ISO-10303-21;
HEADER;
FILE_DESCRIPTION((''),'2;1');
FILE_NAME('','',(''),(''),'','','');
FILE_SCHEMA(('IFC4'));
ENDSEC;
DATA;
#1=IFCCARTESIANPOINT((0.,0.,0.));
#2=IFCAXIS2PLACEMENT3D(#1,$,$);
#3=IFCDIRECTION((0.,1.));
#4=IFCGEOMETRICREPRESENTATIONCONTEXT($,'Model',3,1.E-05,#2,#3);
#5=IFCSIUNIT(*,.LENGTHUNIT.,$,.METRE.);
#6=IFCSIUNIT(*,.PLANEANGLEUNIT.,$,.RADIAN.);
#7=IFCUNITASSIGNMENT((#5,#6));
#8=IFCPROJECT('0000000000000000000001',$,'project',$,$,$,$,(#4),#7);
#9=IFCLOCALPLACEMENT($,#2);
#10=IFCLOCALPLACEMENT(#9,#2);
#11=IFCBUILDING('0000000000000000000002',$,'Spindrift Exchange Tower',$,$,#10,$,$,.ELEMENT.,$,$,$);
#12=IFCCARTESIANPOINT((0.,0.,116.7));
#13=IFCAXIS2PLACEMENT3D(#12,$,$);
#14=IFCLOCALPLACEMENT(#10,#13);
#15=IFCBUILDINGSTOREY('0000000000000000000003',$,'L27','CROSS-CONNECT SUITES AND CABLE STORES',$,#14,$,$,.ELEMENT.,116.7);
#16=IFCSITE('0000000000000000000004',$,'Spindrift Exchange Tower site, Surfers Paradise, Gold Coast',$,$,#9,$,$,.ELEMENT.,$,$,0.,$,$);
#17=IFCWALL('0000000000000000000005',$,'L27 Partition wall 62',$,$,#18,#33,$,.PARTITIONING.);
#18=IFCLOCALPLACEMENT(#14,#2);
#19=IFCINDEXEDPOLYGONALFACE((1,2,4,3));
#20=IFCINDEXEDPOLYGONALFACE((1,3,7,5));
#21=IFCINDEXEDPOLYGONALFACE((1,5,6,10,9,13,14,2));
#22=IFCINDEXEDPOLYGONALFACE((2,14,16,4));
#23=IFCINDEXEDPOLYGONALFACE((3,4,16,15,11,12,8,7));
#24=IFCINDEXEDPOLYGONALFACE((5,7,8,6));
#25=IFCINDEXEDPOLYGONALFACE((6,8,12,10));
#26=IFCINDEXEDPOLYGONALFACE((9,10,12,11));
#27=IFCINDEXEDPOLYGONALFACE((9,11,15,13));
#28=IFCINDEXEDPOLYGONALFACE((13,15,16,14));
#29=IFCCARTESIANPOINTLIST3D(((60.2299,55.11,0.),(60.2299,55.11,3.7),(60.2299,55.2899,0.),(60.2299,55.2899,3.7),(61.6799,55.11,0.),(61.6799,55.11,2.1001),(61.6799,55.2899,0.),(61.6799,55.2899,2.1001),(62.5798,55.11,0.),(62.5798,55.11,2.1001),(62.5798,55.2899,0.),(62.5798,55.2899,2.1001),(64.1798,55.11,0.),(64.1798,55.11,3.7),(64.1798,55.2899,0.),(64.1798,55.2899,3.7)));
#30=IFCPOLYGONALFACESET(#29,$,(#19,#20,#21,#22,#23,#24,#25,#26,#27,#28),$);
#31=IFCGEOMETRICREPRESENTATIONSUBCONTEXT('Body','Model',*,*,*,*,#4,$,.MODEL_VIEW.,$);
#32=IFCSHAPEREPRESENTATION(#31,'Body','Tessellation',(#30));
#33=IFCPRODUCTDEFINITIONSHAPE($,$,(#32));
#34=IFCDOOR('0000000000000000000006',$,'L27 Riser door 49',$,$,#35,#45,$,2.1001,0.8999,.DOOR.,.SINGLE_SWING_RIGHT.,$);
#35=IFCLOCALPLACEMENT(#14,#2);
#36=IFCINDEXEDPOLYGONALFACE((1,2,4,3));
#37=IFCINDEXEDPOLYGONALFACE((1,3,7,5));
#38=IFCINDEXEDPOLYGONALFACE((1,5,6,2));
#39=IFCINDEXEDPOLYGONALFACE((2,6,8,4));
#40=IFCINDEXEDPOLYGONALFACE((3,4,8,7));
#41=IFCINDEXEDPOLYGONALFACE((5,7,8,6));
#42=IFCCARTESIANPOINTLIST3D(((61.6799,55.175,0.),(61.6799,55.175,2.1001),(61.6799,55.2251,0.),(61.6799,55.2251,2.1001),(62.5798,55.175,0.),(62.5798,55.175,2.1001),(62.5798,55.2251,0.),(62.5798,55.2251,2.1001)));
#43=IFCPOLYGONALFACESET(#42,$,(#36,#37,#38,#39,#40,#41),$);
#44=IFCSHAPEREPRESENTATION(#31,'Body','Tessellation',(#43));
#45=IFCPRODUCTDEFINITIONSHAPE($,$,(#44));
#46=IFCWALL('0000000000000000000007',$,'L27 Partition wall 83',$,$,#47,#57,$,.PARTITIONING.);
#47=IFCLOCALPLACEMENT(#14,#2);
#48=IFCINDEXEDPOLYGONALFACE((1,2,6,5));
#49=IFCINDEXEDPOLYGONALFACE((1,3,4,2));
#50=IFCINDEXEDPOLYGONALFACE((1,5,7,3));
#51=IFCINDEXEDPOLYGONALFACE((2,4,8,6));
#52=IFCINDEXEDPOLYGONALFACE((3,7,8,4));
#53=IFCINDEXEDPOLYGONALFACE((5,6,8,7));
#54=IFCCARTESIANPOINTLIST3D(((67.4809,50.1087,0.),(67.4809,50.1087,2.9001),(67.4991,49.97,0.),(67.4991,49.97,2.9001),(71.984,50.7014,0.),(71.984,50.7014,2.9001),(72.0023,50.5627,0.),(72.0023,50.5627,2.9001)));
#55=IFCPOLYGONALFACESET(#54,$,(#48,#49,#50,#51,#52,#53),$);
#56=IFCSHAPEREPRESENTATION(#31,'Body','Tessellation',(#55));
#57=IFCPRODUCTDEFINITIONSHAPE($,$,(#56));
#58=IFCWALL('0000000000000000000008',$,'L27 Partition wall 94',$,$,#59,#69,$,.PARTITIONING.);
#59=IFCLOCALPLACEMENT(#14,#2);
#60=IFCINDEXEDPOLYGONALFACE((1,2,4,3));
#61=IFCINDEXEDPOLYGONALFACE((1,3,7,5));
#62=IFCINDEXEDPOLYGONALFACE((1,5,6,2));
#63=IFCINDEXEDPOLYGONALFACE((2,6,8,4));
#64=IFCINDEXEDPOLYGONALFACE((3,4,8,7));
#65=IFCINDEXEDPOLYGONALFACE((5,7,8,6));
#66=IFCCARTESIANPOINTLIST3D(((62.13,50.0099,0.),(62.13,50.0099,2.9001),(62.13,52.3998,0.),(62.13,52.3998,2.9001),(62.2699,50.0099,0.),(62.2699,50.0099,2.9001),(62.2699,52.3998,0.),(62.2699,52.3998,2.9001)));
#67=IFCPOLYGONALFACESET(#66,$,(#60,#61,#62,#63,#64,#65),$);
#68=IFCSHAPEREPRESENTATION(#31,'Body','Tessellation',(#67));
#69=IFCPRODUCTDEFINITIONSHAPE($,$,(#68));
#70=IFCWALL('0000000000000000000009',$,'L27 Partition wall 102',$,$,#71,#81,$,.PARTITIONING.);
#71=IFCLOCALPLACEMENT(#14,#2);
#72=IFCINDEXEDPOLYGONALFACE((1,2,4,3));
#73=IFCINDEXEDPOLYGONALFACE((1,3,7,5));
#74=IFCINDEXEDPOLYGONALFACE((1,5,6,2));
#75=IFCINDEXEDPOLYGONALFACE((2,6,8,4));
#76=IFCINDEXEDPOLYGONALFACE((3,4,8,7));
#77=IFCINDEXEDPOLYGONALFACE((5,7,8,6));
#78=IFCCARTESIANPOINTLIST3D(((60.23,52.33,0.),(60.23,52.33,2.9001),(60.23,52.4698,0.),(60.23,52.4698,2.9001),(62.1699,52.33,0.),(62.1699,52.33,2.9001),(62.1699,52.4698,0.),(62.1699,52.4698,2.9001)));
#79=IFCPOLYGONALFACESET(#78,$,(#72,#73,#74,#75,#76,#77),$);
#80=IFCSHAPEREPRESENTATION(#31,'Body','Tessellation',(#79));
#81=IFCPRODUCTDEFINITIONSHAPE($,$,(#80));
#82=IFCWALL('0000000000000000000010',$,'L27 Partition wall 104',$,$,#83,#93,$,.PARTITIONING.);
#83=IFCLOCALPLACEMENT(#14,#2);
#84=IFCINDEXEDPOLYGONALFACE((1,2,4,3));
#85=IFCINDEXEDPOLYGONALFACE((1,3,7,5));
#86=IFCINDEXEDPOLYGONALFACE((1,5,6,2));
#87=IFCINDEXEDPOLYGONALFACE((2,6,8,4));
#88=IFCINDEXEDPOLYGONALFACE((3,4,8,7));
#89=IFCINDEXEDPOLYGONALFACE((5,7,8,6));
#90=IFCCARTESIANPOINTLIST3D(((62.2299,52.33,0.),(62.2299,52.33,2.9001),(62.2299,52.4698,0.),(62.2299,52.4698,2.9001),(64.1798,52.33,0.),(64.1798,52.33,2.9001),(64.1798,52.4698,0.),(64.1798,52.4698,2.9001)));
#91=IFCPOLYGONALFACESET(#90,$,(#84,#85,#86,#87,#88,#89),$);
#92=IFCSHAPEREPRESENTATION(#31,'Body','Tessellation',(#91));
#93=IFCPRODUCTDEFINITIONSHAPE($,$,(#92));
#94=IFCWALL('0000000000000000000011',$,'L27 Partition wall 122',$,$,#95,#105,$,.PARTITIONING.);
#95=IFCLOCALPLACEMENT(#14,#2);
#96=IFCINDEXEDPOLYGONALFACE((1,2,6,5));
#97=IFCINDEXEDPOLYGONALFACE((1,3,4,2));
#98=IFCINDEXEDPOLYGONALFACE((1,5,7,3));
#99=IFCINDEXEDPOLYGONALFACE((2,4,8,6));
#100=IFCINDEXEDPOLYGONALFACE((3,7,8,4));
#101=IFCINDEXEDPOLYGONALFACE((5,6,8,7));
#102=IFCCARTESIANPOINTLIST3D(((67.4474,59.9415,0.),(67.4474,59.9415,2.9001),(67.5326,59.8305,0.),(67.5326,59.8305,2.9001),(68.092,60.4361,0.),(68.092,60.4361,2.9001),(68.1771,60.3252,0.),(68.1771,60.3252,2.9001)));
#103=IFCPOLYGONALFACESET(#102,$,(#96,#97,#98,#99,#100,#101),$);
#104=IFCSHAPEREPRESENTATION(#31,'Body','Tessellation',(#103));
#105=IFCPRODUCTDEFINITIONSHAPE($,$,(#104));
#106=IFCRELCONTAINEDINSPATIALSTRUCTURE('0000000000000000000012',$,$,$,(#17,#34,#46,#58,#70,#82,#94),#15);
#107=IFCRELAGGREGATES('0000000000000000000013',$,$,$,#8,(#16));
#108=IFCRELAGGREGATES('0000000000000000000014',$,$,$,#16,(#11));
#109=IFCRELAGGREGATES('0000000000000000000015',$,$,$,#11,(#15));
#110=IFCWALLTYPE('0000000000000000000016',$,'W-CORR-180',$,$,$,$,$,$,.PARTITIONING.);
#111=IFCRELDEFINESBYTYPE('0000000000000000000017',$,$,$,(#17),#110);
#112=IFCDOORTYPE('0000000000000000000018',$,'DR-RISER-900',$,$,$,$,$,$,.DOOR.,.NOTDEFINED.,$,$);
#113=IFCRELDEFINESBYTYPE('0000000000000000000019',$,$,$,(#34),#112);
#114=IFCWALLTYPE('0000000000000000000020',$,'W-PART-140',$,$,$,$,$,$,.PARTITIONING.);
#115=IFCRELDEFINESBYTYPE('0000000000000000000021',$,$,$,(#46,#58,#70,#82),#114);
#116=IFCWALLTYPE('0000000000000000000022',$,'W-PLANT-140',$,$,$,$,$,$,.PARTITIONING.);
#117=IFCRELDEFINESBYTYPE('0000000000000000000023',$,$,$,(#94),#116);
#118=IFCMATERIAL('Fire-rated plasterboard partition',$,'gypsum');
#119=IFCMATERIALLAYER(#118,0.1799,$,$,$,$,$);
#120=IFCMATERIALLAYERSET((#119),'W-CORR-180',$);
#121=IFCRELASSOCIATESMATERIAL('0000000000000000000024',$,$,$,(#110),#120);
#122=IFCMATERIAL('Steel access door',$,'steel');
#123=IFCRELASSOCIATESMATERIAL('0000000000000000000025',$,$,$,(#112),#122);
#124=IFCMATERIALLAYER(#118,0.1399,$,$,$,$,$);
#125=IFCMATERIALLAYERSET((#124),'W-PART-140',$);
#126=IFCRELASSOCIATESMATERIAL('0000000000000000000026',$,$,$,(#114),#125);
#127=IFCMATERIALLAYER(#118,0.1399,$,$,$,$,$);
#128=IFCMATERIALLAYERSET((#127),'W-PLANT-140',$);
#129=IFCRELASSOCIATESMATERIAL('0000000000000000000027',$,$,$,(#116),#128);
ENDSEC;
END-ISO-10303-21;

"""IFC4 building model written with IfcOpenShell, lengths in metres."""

from ifc_helpers import new_model, si_unit, direction, frame, frame_2d, origin, place, context, subcontext, project, spatial, rectangle, extrude, source, transform, mapped, material, layer, layer_set, type_object, element, fill, save


model = new_model("IFC4")

# Units and contexts
model_context = context("Model", 3, precision=1e-05, world=origin(), true_north=direction((0.0, 1.0)))
body_context = subcontext(model_context, "Body", "Model", "MODEL_VIEW")
ifc_project = project(units=[si_unit("LENGTHUNIT", "METRE"), si_unit("PLANEANGLEUNIT", "RADIAN")], contexts=[model_context])

# Site, building, storey
site_placement = place(None, origin())
site = spatial("IfcSite", under=ifc_project, at=site_placement, Name="Spindrift Exchange Tower site, Surfers Paradise, Gold Coast", CompositionType="ELEMENT", RefElevation=0.0)
building_placement = place(site_placement, origin())
building = spatial("IfcBuilding", under=site, at=building_placement, Name="Spindrift Exchange Tower", CompositionType="ELEMENT")
storey_placement = place(building_placement, frame((0.0, 0.0, 116.7)))
storey = spatial("IfcBuildingStorey", under=building, at=storey_placement, Name="L27", Description="CROSS-CONNECT SUITES AND CABLE STORES", CompositionType="ELEMENT", Elevation=116.7)

# Wall, opening, door
ifc_material_1 = material(Name="Fire-rated plasterboard partition", Category="gypsum")
ifc_layer_1 = layer(ifc_material_1, 0.1799)
ifc_layer_set_1 = layer_set([ifc_layer_1], Name="W-CORR-180")
wall_type_1 = type_object("IfcWallType", Name="W-CORR-180", PredefinedType="PARTITIONING", material=ifc_layer_set_1)
wall_1_placement = place(storey_placement, frame((64.1799, 55.2, 0.0), z_axis=(0.0, 0.0, 1.0), x_axis=(-1.0, 0.0, 0.0)))
wall_1 = element("IfcWall", 1, at=wall_1_placement, inside=storey, type_object=wall_type_1, Name="L27 Partition wall 62", PredefinedType="PARTITIONING", context=body_context, shape_type="SweptSolid", body=[
    extrude(rectangle(XDim=3.95, YDim=0.1799, at=frame_2d((1.9751, 0.0))), origin(), (0.0, 0.0, 1.0), 3.7),
])
opening_1_placement = place(wall_1_placement, frame((1.6001, 0.0, 0.0)))
opening_1 = element("IfcOpeningElement", 2, at=opening_1_placement, cuts=wall_1, PredefinedType="OPENING", context=body_context, shape_type="SweptSolid", body=[
    extrude(rectangle(XDim=0.8999, YDim=2.1001, at=frame_2d((0.45, 1.05))), frame((0.0, 0.0999, 0.0), z_axis=(0.0, -1.0, 0.0), x_axis=(1.0, 0.0, 0.0)), (0.0, 0.0, 1.0), 0.2),
])
ifc_material_2 = material(Name="Steel access door", Category="steel")
door_type_1 = type_object("IfcDoorType", Name="DR-RISER-900", OperationType="NOTDEFINED", PredefinedType="DOOR", material=ifc_material_2)
shared_shape_1 = source(origin(), body_context, "Body", "SweptSolid", [
    extrude(rectangle(XDim=0.8999, YDim=2.1001, at=frame_2d((0.45, 1.05))), frame((0.0, 0.0249, 0.0), z_axis=(0.0, -1.0, 0.0), x_axis=(1.0, 0.0, 0.0)), (0.0, 0.0, 1.0), 0.05),
])
door_1_placement = place(opening_1_placement, origin())
door_1 = element("IfcDoor", 3, at=door_1_placement, inside=storey, type_object=door_type_1, Name="L27 Riser door 49", OperationType="SINGLE_SWING_RIGHT", OverallHeight=2.1001, OverallWidth=0.8999, PredefinedType="DOOR", context=body_context, shape_type="MappedRepresentation", body=[
    mapped(shared_shape_1, transform((0.0, 0.0, 0.0), scale=1.0)),
])
fill(opening_1, door_1)

# Walls
ifc_layer_2 = layer(ifc_material_1, 0.1399)
ifc_layer_set_2 = layer_set([ifc_layer_2], Name="W-PART-140")
wall_type_2 = type_object("IfcWallType", Name="W-PART-140", PredefinedType="PARTITIONING", material=ifc_layer_set_2)
wall_2_placement = place(storey_placement, frame((67.49, 50.0393, 0.0), z_axis=(0.0, 0.0, 1.0), x_axis=(0.991447, 0.130509, 0.0)))
element("IfcWall", 4, at=wall_2_placement, inside=storey, type_object=wall_type_2, Name="L27 Partition wall 83", PredefinedType="PARTITIONING", context=body_context, shape_type="SweptSolid", body=[
    extrude(rectangle(XDim=4.542, YDim=0.1399, at=frame_2d((2.271, 0.0))), origin(), (0.0, 0.0, 1.0), 2.9001),
])
wall_3_placement = place(storey_placement, frame((62.2, 50.01, 0.0), z_axis=(0.0, 0.0, 1.0), x_axis=(0.0, 1.0, 0.0)))
element("IfcWall", 5, at=wall_3_placement, inside=storey, type_object=wall_type_2, Name="L27 Partition wall 94", PredefinedType="PARTITIONING", context=body_context, shape_type="SweptSolid", body=[
    extrude(rectangle(XDim=2.3899, YDim=0.1399, at=frame_2d((1.1948, 0.0))), origin(), (0.0, 0.0, 1.0), 2.9001),
])
wall_4_placement = place(storey_placement, frame((62.1699, 52.3999, 0.0), z_axis=(0.0, 0.0, 1.0), x_axis=(-1.0, 0.0, 0.0)))
element("IfcWall", 6, at=wall_4_placement, inside=storey, type_object=wall_type_2, Name="L27 Partition wall 102", PredefinedType="PARTITIONING", context=body_context, shape_type="SweptSolid", body=[
    extrude(rectangle(XDim=1.9399, YDim=0.1399, at=frame_2d((0.97, 0.0))), origin(), (0.0, 0.0, 1.0), 2.9001),
])
wall_5_placement = place(storey_placement, frame((64.1799, 52.3999, 0.0), z_axis=(0.0, 0.0, 1.0), x_axis=(-1.0, 0.0, 0.0)))
element("IfcWall", 7, at=wall_5_placement, inside=storey, type_object=wall_type_2, Name="L27 Partition wall 104", PredefinedType="PARTITIONING", context=body_context, shape_type="SweptSolid", body=[
    extrude(rectangle(XDim=1.95, YDim=0.1399, at=frame_2d((0.9751, 0.0))), origin(), (0.0, 0.0, 1.0), 2.9001),
])
ifc_layer_3 = layer(ifc_material_1, 0.1399)
ifc_layer_set_3 = layer_set([ifc_layer_3], Name="W-PLANT-140")
wall_type_3 = type_object("IfcWallType", Name="W-PLANT-140", PredefinedType="PARTITIONING", material=ifc_layer_set_3)
wall_6_placement = place(storey_placement, frame((67.49, 59.886, 0.0), z_axis=(0.0, 0.0, 1.0), x_axis=(0.793316, 0.60881, 0.0)))
element("IfcWall", 8, at=wall_6_placement, inside=storey, type_object=wall_type_3, Name="L27 Partition wall 122", PredefinedType="PARTITIONING", context=body_context, shape_type="SweptSolid", body=[
    extrude(rectangle(XDim=0.8125, YDim=0.1399, at=frame_2d((0.4062, 0.0))), origin(), (0.0, 0.0, 1.0), 2.9001),
])

save(model, "model.ifc")
